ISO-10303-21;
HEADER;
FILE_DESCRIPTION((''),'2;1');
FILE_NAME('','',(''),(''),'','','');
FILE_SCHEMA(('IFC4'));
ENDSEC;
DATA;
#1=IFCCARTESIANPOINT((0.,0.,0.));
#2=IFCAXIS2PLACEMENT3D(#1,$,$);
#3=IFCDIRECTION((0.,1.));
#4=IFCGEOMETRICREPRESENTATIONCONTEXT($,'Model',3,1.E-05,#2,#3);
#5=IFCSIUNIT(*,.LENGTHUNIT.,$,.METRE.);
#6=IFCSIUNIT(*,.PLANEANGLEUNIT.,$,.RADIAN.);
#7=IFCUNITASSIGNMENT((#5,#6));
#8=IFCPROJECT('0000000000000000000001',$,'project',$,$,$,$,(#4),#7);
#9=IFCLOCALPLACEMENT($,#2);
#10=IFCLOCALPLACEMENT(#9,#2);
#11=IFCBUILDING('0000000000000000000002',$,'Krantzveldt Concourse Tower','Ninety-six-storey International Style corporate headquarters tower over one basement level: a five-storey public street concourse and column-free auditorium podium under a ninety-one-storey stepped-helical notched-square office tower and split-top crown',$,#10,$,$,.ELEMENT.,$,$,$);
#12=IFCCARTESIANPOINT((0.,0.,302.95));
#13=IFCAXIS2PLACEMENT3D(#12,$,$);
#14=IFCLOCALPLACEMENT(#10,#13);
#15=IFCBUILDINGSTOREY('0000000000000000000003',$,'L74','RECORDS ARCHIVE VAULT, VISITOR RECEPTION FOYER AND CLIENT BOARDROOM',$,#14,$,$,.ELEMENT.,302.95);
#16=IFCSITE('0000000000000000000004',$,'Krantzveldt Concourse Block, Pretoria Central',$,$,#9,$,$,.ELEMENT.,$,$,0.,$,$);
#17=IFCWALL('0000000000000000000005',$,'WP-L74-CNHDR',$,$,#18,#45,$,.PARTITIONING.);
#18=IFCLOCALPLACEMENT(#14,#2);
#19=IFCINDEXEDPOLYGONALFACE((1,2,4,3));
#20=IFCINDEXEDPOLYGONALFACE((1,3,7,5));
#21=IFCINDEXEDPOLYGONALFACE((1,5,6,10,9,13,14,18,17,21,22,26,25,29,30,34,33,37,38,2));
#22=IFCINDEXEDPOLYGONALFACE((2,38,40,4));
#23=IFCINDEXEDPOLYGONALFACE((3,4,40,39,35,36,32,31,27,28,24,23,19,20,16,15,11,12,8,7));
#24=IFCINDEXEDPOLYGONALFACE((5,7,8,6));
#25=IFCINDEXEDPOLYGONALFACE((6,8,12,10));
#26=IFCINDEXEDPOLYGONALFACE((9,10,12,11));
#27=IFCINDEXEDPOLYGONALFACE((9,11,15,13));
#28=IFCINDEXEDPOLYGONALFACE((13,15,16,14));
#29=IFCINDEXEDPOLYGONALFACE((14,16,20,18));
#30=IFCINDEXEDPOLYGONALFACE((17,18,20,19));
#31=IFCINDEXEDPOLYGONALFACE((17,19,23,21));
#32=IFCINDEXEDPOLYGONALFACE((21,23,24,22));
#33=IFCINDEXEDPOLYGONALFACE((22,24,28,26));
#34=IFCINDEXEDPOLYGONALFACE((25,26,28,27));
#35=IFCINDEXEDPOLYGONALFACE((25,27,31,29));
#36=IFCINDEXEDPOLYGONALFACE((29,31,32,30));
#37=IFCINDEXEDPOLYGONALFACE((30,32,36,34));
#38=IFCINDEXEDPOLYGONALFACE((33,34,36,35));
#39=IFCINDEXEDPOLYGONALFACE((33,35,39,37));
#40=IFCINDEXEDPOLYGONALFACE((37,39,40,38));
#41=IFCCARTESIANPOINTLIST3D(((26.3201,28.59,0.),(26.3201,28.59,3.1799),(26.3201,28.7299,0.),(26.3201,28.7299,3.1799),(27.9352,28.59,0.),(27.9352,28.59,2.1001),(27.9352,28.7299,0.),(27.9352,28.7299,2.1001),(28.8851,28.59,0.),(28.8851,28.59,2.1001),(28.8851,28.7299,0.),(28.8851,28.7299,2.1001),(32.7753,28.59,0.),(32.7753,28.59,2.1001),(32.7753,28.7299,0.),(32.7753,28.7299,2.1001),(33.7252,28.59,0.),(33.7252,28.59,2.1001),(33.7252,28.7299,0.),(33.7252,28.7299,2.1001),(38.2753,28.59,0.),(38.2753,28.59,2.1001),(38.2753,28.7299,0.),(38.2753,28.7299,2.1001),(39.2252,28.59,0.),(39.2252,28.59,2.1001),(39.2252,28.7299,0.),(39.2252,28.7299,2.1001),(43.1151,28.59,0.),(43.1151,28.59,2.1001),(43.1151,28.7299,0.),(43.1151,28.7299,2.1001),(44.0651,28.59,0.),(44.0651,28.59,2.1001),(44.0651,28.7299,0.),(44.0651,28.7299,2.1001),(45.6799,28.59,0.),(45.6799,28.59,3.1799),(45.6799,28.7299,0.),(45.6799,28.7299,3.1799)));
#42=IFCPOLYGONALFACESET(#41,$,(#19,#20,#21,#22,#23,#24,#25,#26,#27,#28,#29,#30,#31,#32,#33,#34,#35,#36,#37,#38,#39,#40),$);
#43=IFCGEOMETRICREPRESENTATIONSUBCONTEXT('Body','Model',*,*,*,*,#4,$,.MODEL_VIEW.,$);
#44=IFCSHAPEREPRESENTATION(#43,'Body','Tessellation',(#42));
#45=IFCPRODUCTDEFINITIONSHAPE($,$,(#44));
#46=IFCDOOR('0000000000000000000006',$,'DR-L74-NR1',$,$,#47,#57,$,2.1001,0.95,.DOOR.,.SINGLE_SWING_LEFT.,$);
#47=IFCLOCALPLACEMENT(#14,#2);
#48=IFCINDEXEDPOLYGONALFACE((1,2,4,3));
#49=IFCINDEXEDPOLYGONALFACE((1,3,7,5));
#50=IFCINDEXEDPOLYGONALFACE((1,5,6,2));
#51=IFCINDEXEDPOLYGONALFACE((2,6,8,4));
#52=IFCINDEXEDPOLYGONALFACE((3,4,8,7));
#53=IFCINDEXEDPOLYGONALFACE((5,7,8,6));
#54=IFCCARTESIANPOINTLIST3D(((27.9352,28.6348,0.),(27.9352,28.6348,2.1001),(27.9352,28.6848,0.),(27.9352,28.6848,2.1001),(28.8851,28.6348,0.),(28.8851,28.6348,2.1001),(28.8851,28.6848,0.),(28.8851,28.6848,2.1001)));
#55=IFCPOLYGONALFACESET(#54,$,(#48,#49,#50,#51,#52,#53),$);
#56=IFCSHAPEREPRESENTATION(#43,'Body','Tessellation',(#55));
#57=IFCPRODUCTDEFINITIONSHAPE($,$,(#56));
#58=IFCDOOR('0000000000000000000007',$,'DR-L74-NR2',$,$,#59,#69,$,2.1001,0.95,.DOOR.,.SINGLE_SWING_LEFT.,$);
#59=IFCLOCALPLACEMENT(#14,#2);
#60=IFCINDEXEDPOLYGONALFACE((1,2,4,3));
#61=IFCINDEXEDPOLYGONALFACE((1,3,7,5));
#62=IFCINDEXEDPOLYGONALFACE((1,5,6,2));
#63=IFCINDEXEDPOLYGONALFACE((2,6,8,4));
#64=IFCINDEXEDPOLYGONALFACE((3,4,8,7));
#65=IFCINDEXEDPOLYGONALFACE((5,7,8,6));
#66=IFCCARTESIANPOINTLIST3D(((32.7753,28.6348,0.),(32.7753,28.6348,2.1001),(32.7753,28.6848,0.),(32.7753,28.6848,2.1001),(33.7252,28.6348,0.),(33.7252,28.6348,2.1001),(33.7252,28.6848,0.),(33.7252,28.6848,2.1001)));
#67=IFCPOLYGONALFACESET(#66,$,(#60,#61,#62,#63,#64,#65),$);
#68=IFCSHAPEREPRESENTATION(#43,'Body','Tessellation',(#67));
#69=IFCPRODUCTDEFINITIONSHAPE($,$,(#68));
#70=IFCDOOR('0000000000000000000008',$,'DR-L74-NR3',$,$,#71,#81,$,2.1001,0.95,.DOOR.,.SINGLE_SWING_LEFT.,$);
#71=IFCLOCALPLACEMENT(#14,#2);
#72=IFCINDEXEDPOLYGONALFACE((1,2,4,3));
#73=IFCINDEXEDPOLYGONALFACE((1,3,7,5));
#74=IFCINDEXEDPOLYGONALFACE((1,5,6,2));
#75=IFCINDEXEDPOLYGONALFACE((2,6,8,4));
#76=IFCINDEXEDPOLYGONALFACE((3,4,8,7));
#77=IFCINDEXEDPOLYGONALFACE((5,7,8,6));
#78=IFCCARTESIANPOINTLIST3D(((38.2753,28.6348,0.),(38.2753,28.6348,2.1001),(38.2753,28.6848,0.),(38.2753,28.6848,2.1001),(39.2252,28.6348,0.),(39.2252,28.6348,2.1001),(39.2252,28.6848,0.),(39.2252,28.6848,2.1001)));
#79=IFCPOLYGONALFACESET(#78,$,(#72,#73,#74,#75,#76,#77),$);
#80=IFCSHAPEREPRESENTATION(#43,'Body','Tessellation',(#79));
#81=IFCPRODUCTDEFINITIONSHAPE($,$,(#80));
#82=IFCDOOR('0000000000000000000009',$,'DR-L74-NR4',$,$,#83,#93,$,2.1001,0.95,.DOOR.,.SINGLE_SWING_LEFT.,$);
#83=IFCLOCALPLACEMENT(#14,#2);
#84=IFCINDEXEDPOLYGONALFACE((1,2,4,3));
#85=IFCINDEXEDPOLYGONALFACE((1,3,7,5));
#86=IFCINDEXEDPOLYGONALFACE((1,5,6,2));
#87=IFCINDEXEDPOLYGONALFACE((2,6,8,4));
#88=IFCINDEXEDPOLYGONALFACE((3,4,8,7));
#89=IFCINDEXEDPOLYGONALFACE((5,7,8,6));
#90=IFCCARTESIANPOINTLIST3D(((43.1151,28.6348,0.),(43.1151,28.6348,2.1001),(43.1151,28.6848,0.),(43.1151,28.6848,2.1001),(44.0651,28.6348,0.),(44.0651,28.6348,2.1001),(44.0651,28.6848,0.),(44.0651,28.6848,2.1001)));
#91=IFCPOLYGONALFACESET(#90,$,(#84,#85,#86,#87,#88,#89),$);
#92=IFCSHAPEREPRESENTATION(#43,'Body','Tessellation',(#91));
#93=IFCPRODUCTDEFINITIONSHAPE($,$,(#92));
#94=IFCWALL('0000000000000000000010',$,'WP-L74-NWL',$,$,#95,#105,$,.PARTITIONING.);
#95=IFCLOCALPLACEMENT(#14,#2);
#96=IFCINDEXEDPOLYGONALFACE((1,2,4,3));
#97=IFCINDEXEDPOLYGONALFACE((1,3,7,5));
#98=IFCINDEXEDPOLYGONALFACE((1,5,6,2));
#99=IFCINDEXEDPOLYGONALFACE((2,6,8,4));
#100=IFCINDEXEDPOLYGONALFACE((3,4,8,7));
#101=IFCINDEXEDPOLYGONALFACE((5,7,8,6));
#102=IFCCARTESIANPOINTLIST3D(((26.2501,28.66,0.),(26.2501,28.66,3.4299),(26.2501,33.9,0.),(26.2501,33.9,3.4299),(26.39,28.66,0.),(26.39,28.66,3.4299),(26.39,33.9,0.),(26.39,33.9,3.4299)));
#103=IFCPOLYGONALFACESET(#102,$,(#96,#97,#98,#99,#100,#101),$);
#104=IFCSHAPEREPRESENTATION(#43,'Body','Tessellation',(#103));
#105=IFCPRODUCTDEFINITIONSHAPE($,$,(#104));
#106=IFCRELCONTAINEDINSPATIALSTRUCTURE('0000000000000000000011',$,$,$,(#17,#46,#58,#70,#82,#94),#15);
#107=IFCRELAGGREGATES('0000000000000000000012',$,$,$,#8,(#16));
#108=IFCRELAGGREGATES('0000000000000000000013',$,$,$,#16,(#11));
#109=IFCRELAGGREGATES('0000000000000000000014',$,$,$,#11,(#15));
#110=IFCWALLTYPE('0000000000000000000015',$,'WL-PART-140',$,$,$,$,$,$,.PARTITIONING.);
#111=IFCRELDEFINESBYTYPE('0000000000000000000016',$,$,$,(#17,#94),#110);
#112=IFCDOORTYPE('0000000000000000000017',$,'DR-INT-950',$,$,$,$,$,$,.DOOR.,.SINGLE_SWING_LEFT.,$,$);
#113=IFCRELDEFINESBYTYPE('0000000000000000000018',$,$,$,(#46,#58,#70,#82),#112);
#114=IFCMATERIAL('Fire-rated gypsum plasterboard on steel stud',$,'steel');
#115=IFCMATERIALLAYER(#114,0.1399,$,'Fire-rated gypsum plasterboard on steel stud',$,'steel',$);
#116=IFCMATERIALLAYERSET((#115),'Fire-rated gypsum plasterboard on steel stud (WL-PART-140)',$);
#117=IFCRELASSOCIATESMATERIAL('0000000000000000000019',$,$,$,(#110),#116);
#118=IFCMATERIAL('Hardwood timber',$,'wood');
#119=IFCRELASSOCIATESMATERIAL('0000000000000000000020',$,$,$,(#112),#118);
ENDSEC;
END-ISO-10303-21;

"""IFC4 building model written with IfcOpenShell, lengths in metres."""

from ifc_helpers import new_model, si_unit, direction, frame, frame_2d, origin, place, context, subcontext, project, spatial, rectangle, extrude, material, layer, layer_set, type_object, element, fill, save


model = new_model("IFC4")

# Units and contexts
model_context = context("Model", 3, precision=1e-05, world=origin(), true_north=direction((0.0, 1.0)))
body_context = subcontext(model_context, "Body", "Model", "MODEL_VIEW")
ifc_project = project(units=[si_unit("LENGTHUNIT", "METRE"), si_unit("PLANEANGLEUNIT", "RADIAN")], contexts=[model_context])

# Site, building, storey
site_placement = place(None, origin())
site = spatial("IfcSite", under=ifc_project, at=site_placement, Name="Krantzveldt Concourse Block, Pretoria Central", CompositionType="ELEMENT", RefElevation=0.0)
building_placement = place(site_placement, origin())
building = spatial("IfcBuilding", under=site, at=building_placement, Name="Krantzveldt Concourse Tower", Description="Ninety-six-storey International Style corporate headquarters tower over one basement level: a five-storey public street concourse and column-free auditorium podium under a ninety-one-storey stepped-helical notched-square office tower and split-top crown", CompositionType="ELEMENT")
storey_placement = place(building_placement, frame((0.0, 0.0, 302.95)))
storey = spatial("IfcBuildingStorey", under=building, at=storey_placement, Name="L74", Description="RECORDS ARCHIVE VAULT, VISITOR RECEPTION FOYER AND CLIENT BOARDROOM", CompositionType="ELEMENT", Elevation=302.95)

# Shared definitions
ifc_material_1 = material(Name="Fire-rated gypsum plasterboard on steel stud", Category="steel")
ifc_material_2 = material(Name="Hardwood timber", Category="wood")

# Wall, openings, doors
ifc_layer_1 = layer(ifc_material_1, 0.1399, Name="Fire-rated gypsum plasterboard on steel stud", Category="steel")
ifc_layer_set_1 = layer_set([ifc_layer_1], Name="Fire-rated gypsum plasterboard on steel stud (WL-PART-140)")
wall_type_1 = type_object("IfcWallType", Name="WL-PART-140", PredefinedType="PARTITIONING", material=ifc_layer_set_1)
wall_1_placement = place(storey_placement, frame((26.3201, 28.6599, 0.0), z_axis=(0.0, 0.0, 1.0), x_axis=(1.0, 0.0, 0.0)))
wall_1 = element("IfcWall", 1, at=wall_1_placement, inside=storey, type_object=wall_type_1, Name="WP-L74-CNHDR", PredefinedType="PARTITIONING", context=body_context, shape_type="SweptSolid", body=[
    extrude(rectangle(XDim=19.3599, YDim=0.1399, at=frame_2d((9.6799, 0.0))), origin(), (0.0, 0.0, 1.0), 3.1799),
])
opening_1_placement = place(wall_1_placement, frame((1.615, 0.0, 0.0)))
opening_1 = element("IfcOpeningElement", 2, at=opening_1_placement, cuts=wall_1, PredefinedType="OPENING", context=body_context, shape_type="SweptSolid", body=[
    extrude(rectangle(XDim=0.95, YDim=2.1001, at=frame_2d((0.4751, 1.05))), frame((0.0, 0.0801, 0.0), z_axis=(0.0, -1.0, 0.0), x_axis=(1.0, 0.0, 0.0)), (0.0, 0.0, 1.0), 0.1599),
])
opening_2_placement = place(wall_1_placement, frame((6.4551, 0.0, 0.0)))
opening_2 = element("IfcOpeningElement", 3, at=opening_2_placement, cuts=wall_1, PredefinedType="OPENING", context=body_context, shape_type="SweptSolid", body=[
    extrude(rectangle(XDim=0.95, YDim=2.1001, at=frame_2d((0.4751, 1.05))), frame((0.0, 0.0801, 0.0), z_axis=(0.0, -1.0, 0.0), x_axis=(1.0, 0.0, 0.0)), (0.0, 0.0, 1.0), 0.1599),
])
opening_3_placement = place(wall_1_placement, frame((11.9551, 0.0, 0.0)))
opening_3 = element("IfcOpeningElement", 4, at=opening_3_placement, cuts=wall_1, PredefinedType="OPENING", context=body_context, shape_type="SweptSolid", body=[
    extrude(rectangle(XDim=0.95, YDim=2.1001, at=frame_2d((0.4751, 1.05))), frame((0.0, 0.0801, 0.0), z_axis=(0.0, -1.0, 0.0), x_axis=(1.0, 0.0, 0.0)), (0.0, 0.0, 1.0), 0.1599),
])
opening_4_placement = place(wall_1_placement, frame((16.7949, 0.0, 0.0)))
opening_4 = element("IfcOpeningElement", 5, at=opening_4_placement, cuts=wall_1, PredefinedType="OPENING", context=body_context, shape_type="SweptSolid", body=[
    extrude(rectangle(XDim=0.95, YDim=2.1001, at=frame_2d((0.4751, 1.05))), frame((0.0, 0.0801, 0.0), z_axis=(0.0, -1.0, 0.0), x_axis=(1.0, 0.0, 0.0)), (0.0, 0.0, 1.0), 0.1599),
])
door_type_1 = type_object("IfcDoorType", Name="DR-INT-950", OperationType="SINGLE_SWING_LEFT", PredefinedType="DOOR", material=ifc_material_2)
door_1_placement = place(opening_1_placement, origin())
door_1 = element("IfcDoor", 6, at=door_1_placement, inside=storey, type_object=door_type_1, Name="DR-L74-NR1", OperationType="SINGLE_SWING_LEFT", OverallHeight=2.1001, OverallWidth=0.95, PredefinedType="DOOR", context=body_context, shape_type="SweptSolid", body=[
    extrude(rectangle(XDim=0.95, YDim=2.1001, at=frame_2d((0.4751, 1.05))), frame((0.0, 0.0249, 0.0), z_axis=(0.0, -1.0, 0.0), x_axis=(1.0, 0.0, 0.0)), (0.0, 0.0, 1.0), 0.05),
])
fill(opening_1, door_1)
door_2_placement = place(opening_2_placement, origin())
door_2 = element("IfcDoor", 7, at=door_2_placement, inside=storey, type_object=door_type_1, Name="DR-L74-NR2", OperationType="SINGLE_SWING_LEFT", OverallHeight=2.1001, OverallWidth=0.95, PredefinedType="DOOR", context=body_context, shape_type="SweptSolid", body=[
    extrude(rectangle(XDim=0.95, YDim=2.1001, at=frame_2d((0.4751, 1.05))), frame((0.0, 0.0249, 0.0), z_axis=(0.0, -1.0, 0.0), x_axis=(1.0, 0.0, 0.0)), (0.0, 0.0, 1.0), 0.05),
])
fill(opening_2, door_2)
door_3_placement = place(opening_3_placement, origin())
door_3 = element("IfcDoor", 8, at=door_3_placement, inside=storey, type_object=door_type_1, Name="DR-L74-NR3", OperationType="SINGLE_SWING_LEFT", OverallHeight=2.1001, OverallWidth=0.95, PredefinedType="DOOR", context=body_context, shape_type="SweptSolid", body=[
    extrude(rectangle(XDim=0.95, YDim=2.1001, at=frame_2d((0.4751, 1.05))), frame((0.0, 0.0249, 0.0), z_axis=(0.0, -1.0, 0.0), x_axis=(1.0, 0.0, 0.0)), (0.0, 0.0, 1.0), 0.05),
])
fill(opening_3, door_3)
door_4_placement = place(opening_4_placement, origin())
door_4 = element("IfcDoor", 9, at=door_4_placement, inside=storey, type_object=door_type_1, Name="DR-L74-NR4", OperationType="SINGLE_SWING_LEFT", OverallHeight=2.1001, OverallWidth=0.95, PredefinedType="DOOR", context=body_context, shape_type="SweptSolid", body=[
    extrude(rectangle(XDim=0.95, YDim=2.1001, at=frame_2d((0.4751, 1.05))), frame((0.0, 0.0249, 0.0), z_axis=(0.0, -1.0, 0.0), x_axis=(1.0, 0.0, 0.0)), (0.0, 0.0, 1.0), 0.05),
])
fill(opening_4, door_4)

# Wall
wall_2_placement = place(storey_placement, frame((26.3201, 28.6599, 0.0), z_axis=(0.0, 0.0, 1.0), x_axis=(0.0, 1.0, 0.0)))
element("IfcWall", 10, at=wall_2_placement, inside=storey, type_object=wall_type_1, Name="WP-L74-NWL", PredefinedType="PARTITIONING", context=body_context, shape_type="SweptSolid", body=[
    extrude(rectangle(XDim=5.24, YDim=0.1399, at=frame_2d((2.6201, 0.0))), origin(), (0.0, 0.0, 1.0), 3.4299),
])

save(model, "model.ifc")
